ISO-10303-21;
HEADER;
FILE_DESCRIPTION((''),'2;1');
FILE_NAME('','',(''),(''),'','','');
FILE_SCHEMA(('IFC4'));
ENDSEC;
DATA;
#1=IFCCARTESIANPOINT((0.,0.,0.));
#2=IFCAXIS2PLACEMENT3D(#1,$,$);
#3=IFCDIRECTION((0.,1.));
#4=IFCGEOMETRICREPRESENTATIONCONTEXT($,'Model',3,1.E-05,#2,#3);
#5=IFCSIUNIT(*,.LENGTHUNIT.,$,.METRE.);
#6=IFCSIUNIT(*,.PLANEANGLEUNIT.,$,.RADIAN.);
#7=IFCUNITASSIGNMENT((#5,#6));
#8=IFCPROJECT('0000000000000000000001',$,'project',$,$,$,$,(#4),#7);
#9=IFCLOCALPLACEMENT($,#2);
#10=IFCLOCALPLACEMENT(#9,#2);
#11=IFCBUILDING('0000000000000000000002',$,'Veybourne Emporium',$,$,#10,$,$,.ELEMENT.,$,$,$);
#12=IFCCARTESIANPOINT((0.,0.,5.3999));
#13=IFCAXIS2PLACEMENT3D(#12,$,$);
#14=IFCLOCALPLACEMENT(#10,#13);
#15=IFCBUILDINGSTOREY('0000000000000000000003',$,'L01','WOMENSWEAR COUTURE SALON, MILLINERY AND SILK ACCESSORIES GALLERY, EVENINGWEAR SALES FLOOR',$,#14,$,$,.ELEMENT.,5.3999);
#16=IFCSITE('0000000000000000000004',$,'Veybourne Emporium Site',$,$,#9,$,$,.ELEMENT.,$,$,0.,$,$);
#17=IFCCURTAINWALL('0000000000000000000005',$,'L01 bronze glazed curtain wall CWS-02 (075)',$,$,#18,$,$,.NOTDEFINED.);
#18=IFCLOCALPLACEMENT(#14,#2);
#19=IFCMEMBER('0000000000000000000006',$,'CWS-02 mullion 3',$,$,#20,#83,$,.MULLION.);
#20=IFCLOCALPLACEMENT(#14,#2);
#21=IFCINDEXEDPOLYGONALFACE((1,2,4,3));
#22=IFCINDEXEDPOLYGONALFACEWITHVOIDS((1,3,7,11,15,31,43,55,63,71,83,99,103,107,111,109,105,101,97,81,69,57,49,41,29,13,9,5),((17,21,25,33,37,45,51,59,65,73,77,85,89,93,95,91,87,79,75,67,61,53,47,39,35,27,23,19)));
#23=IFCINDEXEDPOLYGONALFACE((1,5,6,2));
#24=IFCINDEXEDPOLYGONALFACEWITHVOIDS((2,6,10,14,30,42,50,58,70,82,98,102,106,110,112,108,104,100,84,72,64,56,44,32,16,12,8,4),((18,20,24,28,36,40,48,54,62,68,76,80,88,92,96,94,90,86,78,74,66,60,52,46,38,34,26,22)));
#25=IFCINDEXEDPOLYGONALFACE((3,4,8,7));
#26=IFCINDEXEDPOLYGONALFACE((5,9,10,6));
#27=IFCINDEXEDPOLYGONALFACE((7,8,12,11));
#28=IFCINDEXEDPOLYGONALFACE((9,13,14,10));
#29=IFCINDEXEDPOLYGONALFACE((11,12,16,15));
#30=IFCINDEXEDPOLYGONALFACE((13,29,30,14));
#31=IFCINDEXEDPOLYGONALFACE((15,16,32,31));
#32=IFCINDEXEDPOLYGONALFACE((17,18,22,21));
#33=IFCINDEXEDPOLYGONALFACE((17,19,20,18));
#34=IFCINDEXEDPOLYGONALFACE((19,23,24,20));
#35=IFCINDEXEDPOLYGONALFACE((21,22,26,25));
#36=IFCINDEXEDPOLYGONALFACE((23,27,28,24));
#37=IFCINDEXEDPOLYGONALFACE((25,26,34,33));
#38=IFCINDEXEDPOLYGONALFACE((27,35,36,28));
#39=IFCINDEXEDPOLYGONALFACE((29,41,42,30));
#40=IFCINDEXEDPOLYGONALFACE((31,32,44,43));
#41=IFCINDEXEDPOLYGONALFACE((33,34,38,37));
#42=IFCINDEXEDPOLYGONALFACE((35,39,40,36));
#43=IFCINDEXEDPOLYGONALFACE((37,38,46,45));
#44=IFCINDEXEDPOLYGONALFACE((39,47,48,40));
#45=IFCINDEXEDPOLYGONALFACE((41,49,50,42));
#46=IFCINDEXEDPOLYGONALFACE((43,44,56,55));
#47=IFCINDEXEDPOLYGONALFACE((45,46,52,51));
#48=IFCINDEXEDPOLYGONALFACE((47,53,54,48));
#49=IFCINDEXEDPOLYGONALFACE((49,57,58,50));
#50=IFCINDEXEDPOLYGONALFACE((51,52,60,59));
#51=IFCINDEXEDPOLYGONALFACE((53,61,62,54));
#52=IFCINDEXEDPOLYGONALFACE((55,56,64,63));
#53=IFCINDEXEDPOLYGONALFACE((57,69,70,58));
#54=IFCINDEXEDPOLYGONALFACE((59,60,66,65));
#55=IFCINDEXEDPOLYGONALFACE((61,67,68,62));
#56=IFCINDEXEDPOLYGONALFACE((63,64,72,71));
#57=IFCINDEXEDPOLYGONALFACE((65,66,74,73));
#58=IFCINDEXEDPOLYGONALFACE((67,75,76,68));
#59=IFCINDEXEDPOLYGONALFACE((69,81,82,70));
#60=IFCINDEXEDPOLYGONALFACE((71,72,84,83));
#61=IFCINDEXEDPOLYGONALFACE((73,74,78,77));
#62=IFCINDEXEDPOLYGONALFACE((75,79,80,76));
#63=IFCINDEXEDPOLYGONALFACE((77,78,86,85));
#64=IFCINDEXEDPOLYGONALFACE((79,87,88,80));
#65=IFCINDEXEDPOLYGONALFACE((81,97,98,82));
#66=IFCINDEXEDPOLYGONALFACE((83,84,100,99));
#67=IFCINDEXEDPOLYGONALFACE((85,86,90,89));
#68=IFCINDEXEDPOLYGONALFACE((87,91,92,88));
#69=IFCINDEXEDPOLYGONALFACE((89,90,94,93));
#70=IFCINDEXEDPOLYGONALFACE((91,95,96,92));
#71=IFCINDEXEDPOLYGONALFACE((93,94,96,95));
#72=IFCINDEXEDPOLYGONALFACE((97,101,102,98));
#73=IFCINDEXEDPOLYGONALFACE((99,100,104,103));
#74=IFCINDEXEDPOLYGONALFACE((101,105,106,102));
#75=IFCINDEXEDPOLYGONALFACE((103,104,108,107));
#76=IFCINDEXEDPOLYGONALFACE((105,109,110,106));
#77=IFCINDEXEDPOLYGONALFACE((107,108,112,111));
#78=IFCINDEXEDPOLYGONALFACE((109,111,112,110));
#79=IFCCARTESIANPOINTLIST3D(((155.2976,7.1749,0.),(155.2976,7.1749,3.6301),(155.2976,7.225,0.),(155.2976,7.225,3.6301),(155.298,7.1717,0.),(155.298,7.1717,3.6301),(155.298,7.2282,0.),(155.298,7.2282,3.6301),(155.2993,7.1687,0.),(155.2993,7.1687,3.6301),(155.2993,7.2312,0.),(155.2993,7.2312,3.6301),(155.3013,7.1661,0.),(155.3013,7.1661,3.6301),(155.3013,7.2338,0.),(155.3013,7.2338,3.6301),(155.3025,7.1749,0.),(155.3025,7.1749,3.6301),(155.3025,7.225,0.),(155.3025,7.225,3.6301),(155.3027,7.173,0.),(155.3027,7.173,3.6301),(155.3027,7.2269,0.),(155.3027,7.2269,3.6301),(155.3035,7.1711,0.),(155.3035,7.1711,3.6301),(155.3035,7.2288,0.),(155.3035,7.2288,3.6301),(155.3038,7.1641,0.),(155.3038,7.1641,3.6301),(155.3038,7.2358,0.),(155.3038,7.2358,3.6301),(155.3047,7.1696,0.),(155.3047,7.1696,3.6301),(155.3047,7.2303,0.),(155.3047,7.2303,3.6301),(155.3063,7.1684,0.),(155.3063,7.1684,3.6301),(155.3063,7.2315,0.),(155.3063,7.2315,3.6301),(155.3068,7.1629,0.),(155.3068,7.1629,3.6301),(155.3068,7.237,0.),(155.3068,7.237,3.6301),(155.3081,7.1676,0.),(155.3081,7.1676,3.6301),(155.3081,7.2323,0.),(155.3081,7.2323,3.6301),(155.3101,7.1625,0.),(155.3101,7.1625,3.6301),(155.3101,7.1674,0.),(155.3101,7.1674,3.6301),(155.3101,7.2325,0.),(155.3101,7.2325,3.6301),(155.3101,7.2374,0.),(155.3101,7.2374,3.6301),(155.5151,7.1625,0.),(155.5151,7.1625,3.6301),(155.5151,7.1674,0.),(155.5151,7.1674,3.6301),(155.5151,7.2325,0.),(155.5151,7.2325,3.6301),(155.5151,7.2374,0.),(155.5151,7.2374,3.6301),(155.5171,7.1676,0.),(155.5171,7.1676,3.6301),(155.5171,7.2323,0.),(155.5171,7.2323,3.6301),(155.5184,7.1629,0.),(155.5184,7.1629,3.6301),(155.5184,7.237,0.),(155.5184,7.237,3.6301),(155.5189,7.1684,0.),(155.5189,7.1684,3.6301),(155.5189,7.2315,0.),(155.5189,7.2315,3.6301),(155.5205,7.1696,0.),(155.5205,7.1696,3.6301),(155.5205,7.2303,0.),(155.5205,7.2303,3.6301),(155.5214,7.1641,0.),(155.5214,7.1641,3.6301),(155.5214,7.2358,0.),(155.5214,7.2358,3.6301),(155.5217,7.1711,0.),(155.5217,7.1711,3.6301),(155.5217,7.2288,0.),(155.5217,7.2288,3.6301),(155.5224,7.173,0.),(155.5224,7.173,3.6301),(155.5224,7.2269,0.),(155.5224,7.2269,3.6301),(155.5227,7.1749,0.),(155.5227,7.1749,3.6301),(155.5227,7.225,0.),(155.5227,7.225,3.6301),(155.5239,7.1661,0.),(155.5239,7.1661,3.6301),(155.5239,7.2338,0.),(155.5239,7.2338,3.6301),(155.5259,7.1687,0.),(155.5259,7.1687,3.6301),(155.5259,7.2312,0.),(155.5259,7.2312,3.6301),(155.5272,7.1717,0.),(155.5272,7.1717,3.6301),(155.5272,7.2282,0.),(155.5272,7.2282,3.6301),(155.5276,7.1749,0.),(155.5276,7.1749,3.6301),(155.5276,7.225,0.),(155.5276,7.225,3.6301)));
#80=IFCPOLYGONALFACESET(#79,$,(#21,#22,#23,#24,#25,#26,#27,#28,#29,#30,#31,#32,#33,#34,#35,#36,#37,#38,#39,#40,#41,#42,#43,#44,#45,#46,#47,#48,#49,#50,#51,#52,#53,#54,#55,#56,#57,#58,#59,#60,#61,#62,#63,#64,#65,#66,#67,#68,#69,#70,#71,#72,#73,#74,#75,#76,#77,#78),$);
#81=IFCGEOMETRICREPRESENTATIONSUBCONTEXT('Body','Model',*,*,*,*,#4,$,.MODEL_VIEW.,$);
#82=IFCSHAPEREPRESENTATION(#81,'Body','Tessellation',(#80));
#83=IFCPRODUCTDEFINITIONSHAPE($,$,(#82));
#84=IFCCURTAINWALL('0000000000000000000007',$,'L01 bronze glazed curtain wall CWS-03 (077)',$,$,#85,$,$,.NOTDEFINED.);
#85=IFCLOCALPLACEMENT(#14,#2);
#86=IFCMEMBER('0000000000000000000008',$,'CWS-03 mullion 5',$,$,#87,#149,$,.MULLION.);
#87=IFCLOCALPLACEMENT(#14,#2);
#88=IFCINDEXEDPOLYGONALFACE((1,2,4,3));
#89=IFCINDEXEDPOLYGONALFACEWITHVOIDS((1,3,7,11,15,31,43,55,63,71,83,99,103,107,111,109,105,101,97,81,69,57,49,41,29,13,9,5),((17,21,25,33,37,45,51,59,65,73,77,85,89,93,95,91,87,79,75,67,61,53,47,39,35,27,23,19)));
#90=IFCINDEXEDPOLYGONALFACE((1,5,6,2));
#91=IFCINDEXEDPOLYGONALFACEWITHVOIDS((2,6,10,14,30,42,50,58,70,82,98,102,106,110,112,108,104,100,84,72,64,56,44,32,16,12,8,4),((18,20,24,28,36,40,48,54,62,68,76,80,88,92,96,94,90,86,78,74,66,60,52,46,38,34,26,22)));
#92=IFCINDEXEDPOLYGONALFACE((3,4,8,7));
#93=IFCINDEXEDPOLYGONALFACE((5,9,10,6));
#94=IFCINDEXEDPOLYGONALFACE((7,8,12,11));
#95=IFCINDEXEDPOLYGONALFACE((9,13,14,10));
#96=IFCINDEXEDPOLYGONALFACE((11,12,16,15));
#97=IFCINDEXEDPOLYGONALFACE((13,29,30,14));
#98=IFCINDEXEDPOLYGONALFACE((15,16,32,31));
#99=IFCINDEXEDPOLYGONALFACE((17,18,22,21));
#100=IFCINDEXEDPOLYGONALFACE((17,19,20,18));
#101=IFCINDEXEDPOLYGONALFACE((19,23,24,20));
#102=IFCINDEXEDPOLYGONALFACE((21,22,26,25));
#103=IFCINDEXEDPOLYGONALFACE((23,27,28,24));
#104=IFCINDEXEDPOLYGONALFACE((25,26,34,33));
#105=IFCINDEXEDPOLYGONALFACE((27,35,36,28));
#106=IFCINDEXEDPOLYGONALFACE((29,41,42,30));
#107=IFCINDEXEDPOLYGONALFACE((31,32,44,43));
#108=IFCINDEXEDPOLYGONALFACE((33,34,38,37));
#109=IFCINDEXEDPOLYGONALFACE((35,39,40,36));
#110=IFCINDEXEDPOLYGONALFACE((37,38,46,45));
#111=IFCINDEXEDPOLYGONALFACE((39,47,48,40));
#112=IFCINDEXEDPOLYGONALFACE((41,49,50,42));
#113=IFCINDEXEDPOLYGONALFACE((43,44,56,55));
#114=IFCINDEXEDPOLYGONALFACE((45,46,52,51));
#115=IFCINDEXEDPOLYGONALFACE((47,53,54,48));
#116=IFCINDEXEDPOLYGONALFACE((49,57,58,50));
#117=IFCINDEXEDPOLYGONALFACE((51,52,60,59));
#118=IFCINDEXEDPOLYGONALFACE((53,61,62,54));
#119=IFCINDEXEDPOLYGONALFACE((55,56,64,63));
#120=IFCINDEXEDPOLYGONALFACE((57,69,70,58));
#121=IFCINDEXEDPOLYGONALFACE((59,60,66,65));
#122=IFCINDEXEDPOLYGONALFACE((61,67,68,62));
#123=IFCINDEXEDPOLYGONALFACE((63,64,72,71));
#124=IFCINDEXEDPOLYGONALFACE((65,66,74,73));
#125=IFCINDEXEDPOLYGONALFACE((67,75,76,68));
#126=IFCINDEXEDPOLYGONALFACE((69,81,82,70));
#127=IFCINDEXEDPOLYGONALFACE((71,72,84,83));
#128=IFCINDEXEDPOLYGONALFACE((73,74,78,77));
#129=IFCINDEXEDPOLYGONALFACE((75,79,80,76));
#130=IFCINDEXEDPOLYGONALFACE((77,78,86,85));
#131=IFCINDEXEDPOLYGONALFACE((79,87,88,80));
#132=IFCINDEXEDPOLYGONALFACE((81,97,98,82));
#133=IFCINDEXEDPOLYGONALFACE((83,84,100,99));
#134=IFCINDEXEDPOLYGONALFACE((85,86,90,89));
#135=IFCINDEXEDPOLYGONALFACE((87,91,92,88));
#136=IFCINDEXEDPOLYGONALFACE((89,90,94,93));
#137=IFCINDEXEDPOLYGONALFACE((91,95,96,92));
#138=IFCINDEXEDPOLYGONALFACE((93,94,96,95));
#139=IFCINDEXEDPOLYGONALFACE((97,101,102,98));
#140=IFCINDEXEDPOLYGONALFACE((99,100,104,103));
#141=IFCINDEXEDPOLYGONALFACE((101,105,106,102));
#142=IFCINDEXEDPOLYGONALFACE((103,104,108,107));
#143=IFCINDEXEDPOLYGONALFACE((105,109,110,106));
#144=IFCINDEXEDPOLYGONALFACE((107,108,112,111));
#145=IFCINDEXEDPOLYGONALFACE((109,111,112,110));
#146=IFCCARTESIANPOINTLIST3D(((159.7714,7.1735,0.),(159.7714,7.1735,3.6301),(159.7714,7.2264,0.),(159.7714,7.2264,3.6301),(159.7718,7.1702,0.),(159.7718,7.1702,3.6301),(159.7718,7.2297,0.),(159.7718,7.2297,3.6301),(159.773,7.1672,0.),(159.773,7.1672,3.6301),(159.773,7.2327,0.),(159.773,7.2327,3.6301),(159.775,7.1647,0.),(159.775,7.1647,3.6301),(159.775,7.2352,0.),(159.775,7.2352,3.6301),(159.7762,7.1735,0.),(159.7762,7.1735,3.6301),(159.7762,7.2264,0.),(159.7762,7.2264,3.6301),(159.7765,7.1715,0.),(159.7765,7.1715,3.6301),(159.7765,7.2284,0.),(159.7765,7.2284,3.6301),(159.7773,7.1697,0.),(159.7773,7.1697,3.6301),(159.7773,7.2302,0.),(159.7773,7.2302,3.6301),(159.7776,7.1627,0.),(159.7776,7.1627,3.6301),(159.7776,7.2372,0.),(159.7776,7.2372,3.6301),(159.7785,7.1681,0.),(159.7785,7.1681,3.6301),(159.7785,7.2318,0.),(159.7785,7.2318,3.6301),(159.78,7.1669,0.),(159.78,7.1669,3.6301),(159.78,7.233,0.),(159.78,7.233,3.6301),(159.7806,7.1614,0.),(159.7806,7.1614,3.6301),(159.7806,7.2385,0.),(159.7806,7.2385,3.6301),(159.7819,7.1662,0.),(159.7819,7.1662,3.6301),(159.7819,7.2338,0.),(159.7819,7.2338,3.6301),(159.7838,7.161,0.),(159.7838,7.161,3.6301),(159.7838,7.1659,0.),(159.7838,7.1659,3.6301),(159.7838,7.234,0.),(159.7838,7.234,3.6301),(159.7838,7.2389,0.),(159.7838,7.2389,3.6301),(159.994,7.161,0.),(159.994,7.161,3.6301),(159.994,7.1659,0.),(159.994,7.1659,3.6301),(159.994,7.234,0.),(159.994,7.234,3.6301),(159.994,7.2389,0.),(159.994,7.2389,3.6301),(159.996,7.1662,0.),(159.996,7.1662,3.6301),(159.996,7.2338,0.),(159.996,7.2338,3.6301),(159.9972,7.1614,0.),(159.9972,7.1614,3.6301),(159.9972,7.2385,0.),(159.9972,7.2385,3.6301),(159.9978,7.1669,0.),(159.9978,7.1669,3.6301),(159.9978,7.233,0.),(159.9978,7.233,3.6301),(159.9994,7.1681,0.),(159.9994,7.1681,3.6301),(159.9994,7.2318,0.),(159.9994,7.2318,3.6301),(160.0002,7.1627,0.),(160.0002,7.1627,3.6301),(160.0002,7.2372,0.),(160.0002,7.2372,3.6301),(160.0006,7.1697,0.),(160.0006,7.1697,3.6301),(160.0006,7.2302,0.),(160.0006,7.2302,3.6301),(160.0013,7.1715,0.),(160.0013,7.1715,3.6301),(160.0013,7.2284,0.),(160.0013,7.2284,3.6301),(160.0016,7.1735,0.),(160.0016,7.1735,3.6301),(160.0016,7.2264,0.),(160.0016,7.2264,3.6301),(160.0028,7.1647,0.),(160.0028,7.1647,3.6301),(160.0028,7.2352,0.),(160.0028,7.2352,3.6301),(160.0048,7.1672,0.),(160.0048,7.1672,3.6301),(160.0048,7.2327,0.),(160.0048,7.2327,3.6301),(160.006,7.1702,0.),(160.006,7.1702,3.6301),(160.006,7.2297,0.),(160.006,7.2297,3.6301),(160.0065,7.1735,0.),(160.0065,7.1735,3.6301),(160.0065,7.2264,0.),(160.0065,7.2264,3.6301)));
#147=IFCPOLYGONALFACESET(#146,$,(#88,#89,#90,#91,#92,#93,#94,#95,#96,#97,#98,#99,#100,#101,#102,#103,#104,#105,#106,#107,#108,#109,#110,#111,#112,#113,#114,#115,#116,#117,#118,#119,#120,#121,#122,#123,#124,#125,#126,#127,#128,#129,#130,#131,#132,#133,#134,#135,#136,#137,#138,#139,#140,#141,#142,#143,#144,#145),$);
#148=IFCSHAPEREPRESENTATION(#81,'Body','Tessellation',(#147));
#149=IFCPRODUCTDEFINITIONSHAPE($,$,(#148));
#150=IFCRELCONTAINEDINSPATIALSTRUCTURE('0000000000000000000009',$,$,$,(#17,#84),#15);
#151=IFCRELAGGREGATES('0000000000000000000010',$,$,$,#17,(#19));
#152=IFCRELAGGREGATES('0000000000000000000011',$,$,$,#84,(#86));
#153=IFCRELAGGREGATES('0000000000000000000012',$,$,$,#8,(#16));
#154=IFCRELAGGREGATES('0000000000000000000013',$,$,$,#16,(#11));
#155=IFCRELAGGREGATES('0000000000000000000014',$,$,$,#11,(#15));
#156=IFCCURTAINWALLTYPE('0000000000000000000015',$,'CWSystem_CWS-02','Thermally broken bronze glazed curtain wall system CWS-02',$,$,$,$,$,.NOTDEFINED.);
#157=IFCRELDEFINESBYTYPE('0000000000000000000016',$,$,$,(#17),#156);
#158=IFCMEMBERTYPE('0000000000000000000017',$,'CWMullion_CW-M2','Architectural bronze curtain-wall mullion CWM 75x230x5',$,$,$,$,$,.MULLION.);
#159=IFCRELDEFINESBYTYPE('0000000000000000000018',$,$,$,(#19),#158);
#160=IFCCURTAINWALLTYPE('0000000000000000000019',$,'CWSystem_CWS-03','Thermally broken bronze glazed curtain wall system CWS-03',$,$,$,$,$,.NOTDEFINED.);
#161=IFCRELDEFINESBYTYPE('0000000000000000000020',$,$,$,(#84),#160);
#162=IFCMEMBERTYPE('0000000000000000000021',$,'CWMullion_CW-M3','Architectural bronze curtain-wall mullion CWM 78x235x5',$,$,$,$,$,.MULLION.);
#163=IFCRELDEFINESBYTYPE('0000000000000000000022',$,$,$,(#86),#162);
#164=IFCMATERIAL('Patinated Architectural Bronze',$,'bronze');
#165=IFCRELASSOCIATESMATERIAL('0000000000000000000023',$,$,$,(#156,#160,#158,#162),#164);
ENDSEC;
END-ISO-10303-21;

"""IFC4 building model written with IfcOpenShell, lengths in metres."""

from ifc_helpers import new_model, si_unit, direction, frame, origin, origin_2d, place, context, subcontext, project, spatial, hollow_rectangle, extrude, material, material_profile, profile_set, type_object, element, aggregate, save


model = new_model("IFC4")

# Units and contexts
model_context = context("Model", 3, precision=1e-05, world=origin(), true_north=direction((0.0, 1.0)))
body_context = subcontext(model_context, "Body", "Model", "MODEL_VIEW")
ifc_project = project(units=[si_unit("LENGTHUNIT", "METRE"), si_unit("PLANEANGLEUNIT", "RADIAN")], contexts=[model_context])

# Site, building, storey
site_placement = place(None, origin())
site = spatial("IfcSite", under=ifc_project, at=site_placement, Name="Veybourne Emporium Site", CompositionType="ELEMENT", RefElevation=0.0)
building_placement = place(site_placement, origin())
building = spatial("IfcBuilding", under=site, at=building_placement, Name="Veybourne Emporium", CompositionType="ELEMENT")
storey_placement = place(building_placement, frame((0.0, 0.0, 5.3999)))
storey = spatial("IfcBuildingStorey", under=building, at=storey_placement, Name="L01", Description="WOMENSWEAR COUTURE SALON, MILLINERY AND SILK ACCESSORIES GALLERY, EVENINGWEAR SALES FLOOR", CompositionType="ELEMENT", Elevation=5.3999)

# Curtain wall, member
ifc_material_1 = material(Name="Patinated Architectural Bronze", Category="bronze")
curtain_wall_type_1 = type_object("IfcCurtainWallType", Name="CWSystem_CWS-02", Description="Thermally broken bronze glazed curtain wall system CWS-02", PredefinedType="NOTDEFINED", material=ifc_material_1)
curtain_wall_1_placement = place(storey_placement, origin())
curtain_wall_1 = element("IfcCurtainWall", 1, at=curtain_wall_1_placement, inside=storey, type_object=curtain_wall_type_1, Name="L01 bronze glazed curtain wall CWS-02 (075)", PredefinedType="NOTDEFINED")
ifc_material_profile_1 = material_profile(ifc_material_1, hollow_rectangle(XDim=0.075, YDim=0.23, WallThickness=0.0049, InnerFilletRadius=0.0076, OuterFilletRadius=0.0125, at=origin_2d()), Name="CWM 75x230x5")
ifc_profile_set_1 = profile_set([ifc_material_profile_1], Name="Patinated Architectural Bronze")
member_type_1 = type_object("IfcMemberType", Name="CWMullion_CW-M2", Description="Architectural bronze curtain-wall mullion CWM 75x230x5", PredefinedType="MULLION", material=ifc_profile_set_1)
member_1_placement = place(storey_placement, frame((155.4126, 7.2, 0.0), z_axis=(0.0, 0.0, 1.0), x_axis=(0.0, -1.0, 0.0)))
member_1 = element("IfcMember", 2, at=member_1_placement, type_object=member_type_1, Name="CWS-02 mullion 3", PredefinedType="MULLION", context=body_context, shape_type="SweptSolid", body=[
    extrude(hollow_rectangle(XDim=0.075, YDim=0.23, WallThickness=0.0049, InnerFilletRadius=0.0076, OuterFilletRadius=0.0125, at=origin_2d()), origin(), (0.0, 0.0, 1.0), 3.6301),
])

# Curtain wall, member
curtain_wall_type_2 = type_object("IfcCurtainWallType", Name="CWSystem_CWS-03", Description="Thermally broken bronze glazed curtain wall system CWS-03", PredefinedType="NOTDEFINED", material=ifc_material_1)
curtain_wall_2_placement = place(storey_placement, origin())
curtain_wall_2 = element("IfcCurtainWall", 3, at=curtain_wall_2_placement, inside=storey, type_object=curtain_wall_type_2, Name="L01 bronze glazed curtain wall CWS-03 (077)", PredefinedType="NOTDEFINED")
ifc_material_profile_2 = material_profile(ifc_material_1, hollow_rectangle(XDim=0.0779, YDim=0.2351, WallThickness=0.0049, InnerFilletRadius=0.0076, OuterFilletRadius=0.0125, at=origin_2d()), Name="CWM 78x235x5")
ifc_profile_set_2 = profile_set([ifc_material_profile_2], Name="Patinated Architectural Bronze")
member_type_2 = type_object("IfcMemberType", Name="CWMullion_CW-M3", Description="Architectural bronze curtain-wall mullion CWM 78x235x5", PredefinedType="MULLION", material=ifc_profile_set_2)
member_2_placement = place(storey_placement, frame((159.8889, 7.2, 0.0), z_axis=(0.0, 0.0, 1.0), x_axis=(0.0, -1.0, 0.0)))
member_2 = element("IfcMember", 4, at=member_2_placement, type_object=member_type_2, Name="CWS-03 mullion 5", PredefinedType="MULLION", context=body_context, shape_type="SweptSolid", body=[
    extrude(hollow_rectangle(XDim=0.0779, YDim=0.2351, WallThickness=0.0049, InnerFilletRadius=0.0076, OuterFilletRadius=0.0125, at=origin_2d()), origin(), (0.0, 0.0, 1.0), 3.6301),
])

aggregate(curtain_wall_1, [member_1])
aggregate(curtain_wall_2, [member_2])

save(model, "model.ifc")
